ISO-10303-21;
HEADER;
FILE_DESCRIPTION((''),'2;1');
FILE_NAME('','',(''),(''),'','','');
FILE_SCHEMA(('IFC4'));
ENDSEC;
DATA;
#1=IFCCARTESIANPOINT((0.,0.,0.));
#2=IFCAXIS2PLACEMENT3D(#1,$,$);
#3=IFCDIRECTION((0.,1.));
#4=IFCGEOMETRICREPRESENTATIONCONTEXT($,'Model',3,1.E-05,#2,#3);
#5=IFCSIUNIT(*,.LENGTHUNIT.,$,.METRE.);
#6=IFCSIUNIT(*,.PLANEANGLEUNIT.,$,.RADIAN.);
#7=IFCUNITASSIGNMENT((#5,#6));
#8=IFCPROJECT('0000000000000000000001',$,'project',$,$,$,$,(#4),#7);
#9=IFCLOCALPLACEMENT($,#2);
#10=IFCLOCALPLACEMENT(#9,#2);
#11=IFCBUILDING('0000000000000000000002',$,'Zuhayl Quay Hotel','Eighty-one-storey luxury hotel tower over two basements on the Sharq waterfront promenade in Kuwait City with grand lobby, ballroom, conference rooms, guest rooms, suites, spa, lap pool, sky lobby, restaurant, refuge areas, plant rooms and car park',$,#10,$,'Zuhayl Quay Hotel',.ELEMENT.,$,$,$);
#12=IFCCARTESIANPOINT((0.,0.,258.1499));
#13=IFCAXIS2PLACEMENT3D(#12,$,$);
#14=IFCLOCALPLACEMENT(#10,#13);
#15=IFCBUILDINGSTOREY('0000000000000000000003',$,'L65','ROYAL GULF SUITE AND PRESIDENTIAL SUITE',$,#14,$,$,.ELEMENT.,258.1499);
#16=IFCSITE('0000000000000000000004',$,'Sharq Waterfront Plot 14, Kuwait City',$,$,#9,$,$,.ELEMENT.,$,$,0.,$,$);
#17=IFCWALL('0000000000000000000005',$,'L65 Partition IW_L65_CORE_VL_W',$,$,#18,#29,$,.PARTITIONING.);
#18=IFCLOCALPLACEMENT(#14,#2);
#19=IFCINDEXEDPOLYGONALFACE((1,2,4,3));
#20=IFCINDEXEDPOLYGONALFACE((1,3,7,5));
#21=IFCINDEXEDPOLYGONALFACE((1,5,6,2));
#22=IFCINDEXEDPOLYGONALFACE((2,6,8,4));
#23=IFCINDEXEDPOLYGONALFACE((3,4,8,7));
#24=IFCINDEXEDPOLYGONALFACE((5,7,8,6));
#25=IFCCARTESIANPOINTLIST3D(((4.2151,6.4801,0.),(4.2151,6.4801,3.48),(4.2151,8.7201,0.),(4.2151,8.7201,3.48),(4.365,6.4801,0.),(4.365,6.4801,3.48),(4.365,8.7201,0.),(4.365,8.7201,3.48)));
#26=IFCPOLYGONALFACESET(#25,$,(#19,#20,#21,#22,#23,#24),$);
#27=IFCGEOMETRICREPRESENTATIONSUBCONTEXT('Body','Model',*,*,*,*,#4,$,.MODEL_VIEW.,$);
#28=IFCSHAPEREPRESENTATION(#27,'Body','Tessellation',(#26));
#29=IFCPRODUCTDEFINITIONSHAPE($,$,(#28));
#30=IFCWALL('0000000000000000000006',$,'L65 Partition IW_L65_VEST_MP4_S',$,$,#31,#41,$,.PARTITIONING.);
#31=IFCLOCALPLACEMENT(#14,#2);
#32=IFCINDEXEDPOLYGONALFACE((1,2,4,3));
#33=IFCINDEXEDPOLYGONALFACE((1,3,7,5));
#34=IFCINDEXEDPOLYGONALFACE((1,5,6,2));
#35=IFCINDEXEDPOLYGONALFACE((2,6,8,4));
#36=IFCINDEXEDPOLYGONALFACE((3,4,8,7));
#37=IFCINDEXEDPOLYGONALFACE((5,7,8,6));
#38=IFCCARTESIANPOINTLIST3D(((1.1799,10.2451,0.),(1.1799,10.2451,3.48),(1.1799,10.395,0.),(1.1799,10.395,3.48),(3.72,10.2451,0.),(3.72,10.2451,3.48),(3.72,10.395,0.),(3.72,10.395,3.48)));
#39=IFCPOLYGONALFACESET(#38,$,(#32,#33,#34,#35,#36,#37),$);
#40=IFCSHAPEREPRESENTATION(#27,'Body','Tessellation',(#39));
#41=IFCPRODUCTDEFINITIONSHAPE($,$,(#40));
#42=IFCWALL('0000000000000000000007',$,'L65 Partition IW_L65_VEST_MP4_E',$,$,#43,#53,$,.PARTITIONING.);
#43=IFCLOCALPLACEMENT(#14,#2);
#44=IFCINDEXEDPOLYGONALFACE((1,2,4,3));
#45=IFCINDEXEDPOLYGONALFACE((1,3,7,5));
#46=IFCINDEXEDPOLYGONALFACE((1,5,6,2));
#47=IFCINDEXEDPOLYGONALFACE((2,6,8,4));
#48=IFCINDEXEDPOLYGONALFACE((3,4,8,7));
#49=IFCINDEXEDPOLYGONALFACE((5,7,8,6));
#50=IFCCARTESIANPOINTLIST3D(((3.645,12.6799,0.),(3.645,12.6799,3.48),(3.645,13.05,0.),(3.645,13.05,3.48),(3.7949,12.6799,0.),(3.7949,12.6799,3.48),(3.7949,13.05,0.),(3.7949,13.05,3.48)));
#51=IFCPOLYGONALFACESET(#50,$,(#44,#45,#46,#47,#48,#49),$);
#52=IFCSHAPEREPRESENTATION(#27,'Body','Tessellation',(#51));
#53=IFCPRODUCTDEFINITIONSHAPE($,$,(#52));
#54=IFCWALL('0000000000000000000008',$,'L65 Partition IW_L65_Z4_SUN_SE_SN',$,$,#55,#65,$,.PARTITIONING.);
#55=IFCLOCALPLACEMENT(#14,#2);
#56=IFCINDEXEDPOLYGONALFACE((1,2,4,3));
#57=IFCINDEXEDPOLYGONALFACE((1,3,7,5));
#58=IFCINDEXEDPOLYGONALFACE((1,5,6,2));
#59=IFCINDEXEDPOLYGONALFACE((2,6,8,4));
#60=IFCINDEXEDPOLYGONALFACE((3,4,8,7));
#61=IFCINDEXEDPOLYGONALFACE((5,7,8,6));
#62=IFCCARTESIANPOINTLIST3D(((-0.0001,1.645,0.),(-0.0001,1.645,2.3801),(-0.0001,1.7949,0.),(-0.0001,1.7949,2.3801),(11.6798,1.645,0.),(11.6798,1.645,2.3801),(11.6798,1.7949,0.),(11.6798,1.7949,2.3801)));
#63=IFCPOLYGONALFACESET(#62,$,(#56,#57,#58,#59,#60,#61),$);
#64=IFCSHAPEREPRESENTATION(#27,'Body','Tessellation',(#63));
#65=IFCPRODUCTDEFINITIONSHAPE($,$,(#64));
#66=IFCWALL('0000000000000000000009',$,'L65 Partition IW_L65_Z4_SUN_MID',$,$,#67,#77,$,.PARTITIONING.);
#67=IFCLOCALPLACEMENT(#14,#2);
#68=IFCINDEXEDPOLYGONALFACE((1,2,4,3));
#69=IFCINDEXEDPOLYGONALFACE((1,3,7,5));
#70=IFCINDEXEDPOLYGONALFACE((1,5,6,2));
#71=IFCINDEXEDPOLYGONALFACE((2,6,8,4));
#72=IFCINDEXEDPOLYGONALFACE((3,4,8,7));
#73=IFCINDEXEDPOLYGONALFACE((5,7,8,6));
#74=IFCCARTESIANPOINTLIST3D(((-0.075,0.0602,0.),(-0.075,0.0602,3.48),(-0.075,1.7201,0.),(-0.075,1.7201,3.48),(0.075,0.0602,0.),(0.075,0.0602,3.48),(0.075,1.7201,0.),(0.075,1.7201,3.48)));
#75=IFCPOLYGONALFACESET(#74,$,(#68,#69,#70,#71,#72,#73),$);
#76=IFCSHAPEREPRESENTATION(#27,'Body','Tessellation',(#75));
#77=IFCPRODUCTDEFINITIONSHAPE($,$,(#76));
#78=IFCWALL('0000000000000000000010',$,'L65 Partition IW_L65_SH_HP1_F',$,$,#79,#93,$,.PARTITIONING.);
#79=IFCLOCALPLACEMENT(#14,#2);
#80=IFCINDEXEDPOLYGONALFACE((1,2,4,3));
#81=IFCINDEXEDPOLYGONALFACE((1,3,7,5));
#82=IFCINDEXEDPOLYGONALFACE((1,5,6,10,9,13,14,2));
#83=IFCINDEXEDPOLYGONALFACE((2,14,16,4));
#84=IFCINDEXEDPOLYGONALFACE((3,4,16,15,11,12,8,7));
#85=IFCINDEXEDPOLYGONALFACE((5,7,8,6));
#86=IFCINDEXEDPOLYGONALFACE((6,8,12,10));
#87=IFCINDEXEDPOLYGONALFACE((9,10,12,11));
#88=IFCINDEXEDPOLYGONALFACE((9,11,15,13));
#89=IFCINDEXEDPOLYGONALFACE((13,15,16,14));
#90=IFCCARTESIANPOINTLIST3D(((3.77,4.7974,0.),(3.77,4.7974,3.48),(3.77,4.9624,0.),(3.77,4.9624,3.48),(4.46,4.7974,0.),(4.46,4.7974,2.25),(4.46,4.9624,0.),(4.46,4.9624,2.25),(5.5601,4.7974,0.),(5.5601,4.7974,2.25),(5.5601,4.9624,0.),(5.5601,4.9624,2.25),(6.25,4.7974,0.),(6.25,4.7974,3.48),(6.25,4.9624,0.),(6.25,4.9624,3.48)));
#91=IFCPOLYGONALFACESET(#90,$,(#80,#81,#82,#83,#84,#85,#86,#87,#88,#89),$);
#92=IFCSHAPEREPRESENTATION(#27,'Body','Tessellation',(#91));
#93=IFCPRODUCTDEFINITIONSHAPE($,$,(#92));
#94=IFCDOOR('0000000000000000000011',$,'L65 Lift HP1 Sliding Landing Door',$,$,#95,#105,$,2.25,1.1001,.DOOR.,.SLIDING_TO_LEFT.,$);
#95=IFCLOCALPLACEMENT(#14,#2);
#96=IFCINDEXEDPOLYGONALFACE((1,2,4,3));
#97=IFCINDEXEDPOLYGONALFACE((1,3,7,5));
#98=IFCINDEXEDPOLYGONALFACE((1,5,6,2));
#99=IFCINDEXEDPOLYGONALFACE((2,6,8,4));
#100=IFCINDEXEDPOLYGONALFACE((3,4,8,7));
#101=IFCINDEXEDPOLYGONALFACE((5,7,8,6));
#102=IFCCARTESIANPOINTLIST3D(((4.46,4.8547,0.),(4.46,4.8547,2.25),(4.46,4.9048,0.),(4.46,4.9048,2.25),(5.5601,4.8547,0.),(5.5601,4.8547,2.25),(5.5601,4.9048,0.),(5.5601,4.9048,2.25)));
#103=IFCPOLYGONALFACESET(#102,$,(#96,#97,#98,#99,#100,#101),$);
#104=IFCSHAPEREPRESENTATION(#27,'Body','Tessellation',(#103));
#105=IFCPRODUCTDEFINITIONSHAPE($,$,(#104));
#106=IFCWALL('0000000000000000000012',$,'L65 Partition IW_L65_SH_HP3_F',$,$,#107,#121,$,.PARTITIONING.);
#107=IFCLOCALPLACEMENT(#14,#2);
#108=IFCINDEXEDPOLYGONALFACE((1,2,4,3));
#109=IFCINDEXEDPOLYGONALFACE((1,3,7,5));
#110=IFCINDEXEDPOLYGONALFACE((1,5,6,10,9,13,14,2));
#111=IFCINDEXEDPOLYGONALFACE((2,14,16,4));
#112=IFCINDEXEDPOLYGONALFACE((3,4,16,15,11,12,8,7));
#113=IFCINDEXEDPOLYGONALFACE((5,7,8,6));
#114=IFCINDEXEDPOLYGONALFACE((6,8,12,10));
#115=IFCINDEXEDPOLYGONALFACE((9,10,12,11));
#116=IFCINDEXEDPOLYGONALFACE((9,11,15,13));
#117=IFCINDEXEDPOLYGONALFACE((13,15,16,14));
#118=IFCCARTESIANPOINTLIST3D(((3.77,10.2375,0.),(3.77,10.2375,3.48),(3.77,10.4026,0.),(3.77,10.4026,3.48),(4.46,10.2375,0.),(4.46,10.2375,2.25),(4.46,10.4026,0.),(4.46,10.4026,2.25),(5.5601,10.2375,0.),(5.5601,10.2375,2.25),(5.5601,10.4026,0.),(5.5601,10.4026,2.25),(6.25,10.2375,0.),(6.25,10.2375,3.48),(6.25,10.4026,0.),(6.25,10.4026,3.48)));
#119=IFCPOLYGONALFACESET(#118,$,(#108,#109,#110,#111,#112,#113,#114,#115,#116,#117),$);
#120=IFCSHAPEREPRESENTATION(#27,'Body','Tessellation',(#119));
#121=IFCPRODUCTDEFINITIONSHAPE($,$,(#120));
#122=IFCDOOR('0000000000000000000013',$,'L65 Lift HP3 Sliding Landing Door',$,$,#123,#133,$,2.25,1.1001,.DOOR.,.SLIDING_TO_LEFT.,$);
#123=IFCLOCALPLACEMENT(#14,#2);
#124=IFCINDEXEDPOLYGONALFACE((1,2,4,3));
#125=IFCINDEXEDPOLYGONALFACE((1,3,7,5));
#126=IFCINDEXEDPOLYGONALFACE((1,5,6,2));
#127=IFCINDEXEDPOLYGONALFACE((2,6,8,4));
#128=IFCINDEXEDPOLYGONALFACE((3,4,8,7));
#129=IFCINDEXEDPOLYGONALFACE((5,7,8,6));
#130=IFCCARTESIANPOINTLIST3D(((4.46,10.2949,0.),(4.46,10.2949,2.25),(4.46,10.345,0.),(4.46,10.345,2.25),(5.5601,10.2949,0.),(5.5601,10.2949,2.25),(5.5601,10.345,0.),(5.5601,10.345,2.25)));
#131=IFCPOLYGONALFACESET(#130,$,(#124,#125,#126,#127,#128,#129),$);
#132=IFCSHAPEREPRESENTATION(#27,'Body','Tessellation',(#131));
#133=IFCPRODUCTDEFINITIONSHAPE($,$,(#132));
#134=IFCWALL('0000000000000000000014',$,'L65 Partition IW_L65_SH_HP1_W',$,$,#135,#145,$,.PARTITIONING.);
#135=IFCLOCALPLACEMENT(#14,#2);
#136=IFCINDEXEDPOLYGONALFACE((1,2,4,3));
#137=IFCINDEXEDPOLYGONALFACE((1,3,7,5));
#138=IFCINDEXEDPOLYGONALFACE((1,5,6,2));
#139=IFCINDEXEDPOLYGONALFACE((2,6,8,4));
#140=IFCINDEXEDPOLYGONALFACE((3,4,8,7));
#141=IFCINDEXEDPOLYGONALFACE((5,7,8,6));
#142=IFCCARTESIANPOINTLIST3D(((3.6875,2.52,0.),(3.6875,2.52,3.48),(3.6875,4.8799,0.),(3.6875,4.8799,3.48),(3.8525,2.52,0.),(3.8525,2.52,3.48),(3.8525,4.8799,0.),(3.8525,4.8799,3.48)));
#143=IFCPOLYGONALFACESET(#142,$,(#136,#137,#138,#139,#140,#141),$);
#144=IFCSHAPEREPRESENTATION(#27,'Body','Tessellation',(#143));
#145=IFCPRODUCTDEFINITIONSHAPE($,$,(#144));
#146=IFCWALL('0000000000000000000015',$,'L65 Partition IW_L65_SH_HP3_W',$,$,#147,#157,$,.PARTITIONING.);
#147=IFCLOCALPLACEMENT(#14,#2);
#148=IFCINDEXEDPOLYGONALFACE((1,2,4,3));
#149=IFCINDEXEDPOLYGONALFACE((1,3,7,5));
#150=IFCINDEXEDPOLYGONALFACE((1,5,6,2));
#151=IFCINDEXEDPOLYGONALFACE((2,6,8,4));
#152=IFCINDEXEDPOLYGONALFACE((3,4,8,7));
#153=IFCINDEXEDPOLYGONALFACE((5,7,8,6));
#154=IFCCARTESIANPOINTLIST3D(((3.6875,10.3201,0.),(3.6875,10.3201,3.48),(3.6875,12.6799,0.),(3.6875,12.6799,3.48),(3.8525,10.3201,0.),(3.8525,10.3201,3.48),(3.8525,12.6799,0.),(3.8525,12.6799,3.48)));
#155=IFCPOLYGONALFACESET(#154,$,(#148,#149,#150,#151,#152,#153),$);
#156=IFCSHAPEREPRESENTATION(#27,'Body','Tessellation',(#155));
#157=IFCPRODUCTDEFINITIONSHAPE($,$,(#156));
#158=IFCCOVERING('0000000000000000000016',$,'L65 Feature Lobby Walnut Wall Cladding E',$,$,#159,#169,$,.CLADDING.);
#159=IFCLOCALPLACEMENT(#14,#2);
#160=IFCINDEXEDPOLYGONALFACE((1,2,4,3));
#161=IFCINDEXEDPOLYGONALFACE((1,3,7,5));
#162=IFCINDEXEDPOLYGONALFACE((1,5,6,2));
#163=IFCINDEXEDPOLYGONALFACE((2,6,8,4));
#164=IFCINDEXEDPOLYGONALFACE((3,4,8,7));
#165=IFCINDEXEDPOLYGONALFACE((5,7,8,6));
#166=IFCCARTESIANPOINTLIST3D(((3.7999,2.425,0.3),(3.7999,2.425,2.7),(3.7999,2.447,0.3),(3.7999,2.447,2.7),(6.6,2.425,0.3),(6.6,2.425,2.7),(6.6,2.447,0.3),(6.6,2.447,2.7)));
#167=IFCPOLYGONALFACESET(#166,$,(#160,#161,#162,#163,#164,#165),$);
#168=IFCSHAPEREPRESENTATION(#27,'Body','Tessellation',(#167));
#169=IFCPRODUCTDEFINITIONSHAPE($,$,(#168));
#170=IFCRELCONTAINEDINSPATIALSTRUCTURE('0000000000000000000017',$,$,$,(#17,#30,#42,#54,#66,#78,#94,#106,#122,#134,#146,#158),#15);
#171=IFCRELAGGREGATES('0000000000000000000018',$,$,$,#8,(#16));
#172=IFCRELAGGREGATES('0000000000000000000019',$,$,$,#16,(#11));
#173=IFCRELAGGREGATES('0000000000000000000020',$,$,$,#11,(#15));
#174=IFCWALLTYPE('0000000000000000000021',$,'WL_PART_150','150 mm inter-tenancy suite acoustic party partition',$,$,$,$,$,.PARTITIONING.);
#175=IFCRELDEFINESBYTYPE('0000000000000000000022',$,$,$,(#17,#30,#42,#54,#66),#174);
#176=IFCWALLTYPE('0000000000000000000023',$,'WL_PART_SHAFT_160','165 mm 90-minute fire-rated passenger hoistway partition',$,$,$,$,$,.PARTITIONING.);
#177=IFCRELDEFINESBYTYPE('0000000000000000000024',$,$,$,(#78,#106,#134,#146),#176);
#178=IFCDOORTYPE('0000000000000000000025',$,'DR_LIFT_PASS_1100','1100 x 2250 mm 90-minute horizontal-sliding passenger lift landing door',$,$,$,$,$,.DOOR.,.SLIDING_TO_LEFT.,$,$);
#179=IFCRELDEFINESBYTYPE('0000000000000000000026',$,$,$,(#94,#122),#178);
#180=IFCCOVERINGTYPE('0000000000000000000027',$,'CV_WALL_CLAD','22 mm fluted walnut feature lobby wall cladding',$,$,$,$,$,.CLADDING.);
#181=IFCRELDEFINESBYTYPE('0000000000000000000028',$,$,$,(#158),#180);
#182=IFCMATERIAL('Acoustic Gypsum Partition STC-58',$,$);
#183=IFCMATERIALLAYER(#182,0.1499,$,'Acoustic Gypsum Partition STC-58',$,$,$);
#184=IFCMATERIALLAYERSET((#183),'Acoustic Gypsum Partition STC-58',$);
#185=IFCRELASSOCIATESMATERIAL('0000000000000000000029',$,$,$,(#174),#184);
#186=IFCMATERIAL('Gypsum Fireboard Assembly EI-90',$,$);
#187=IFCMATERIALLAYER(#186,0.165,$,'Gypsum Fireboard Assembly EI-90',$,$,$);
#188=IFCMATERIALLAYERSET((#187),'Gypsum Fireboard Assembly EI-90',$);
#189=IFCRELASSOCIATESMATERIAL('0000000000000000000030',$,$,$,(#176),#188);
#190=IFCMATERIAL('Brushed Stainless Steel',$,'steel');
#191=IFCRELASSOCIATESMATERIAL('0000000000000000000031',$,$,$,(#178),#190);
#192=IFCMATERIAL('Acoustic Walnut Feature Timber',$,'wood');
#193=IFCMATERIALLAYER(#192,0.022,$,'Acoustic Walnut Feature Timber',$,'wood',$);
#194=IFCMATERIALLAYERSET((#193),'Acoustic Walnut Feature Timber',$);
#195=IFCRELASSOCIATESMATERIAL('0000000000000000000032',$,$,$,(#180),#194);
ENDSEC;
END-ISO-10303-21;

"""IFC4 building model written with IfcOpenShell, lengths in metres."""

from ifc_helpers import new_model, si_unit, direction, frame, frame_2d, origin, origin_2d, place, context, subcontext, project, spatial, rectangle, extrude, material, layer, layer_set, type_object, element, fill, save


model = new_model("IFC4")

# Units and contexts
model_context = context("Model", 3, precision=1e-05, world=origin(), true_north=direction((0.0, 1.0)))
body_context = subcontext(model_context, "Body", "Model", "MODEL_VIEW")
ifc_project = project(units=[si_unit("LENGTHUNIT", "METRE"), si_unit("PLANEANGLEUNIT", "RADIAN")], contexts=[model_context])

# Site, building, storey
site_placement = place(None, origin())
site = spatial("IfcSite", under=ifc_project, at=site_placement, Name="Sharq Waterfront Plot 14, Kuwait City", CompositionType="ELEMENT", RefElevation=0.0)
building_placement = place(site_placement, origin())
building = spatial("IfcBuilding", under=site, at=building_placement, Name="Zuhayl Quay Hotel", Description="Eighty-one-storey luxury hotel tower over two basements on the Sharq waterfront promenade in Kuwait City with grand lobby, ballroom, conference rooms, guest rooms, suites, spa, lap pool, sky lobby, restaurant, refuge areas, plant rooms and car park", LongName="Zuhayl Quay Hotel", CompositionType="ELEMENT")
storey_placement = place(building_placement, frame((0.0, 0.0, 258.1499)))
storey = spatial("IfcBuildingStorey", under=building, at=storey_placement, Name="L65", Description="ROYAL GULF SUITE AND PRESIDENTIAL SUITE", CompositionType="ELEMENT", Elevation=258.1499)

# Shared definitions
ifc_material_1 = material(Name="Acoustic Gypsum Partition STC-58")
ifc_layer_1 = layer(ifc_material_1, 0.1499, Name="Acoustic Gypsum Partition STC-58")
ifc_layer_set_1 = layer_set([ifc_layer_1], Name="Acoustic Gypsum Partition STC-58")
wall_type_1 = type_object("IfcWallType", Name="WL_PART_150", Description="150 mm inter-tenancy suite acoustic party partition", PredefinedType="PARTITIONING", material=ifc_layer_set_1)

# Walls
wall_1_placement = place(storey_placement, frame((4.29, 6.48, 0.0), z_axis=(0.0, 0.0, 1.0), x_axis=(0.0, 1.0, 0.0)))
element("IfcWall", 1, at=wall_1_placement, inside=storey, type_object=wall_type_1, Name="L65 Partition IW_L65_CORE_VL_W", PredefinedType="PARTITIONING", context=body_context, shape_type="SweptSolid", body=[
    extrude(rectangle(XDim=2.24, YDim=0.1499, at=frame_2d((1.1201, 0.0))), origin(), (0.0, 0.0, 1.0), 3.48),
])
wall_2_placement = place(storey_placement, frame((1.1799, 10.3201, 0.0), z_axis=(0.0, 0.0, 1.0), x_axis=(1.0, 0.0, 0.0)))
element("IfcWall", 2, at=wall_2_placement, inside=storey, type_object=wall_type_1, Name="L65 Partition IW_L65_VEST_MP4_S", PredefinedType="PARTITIONING", context=body_context, shape_type="SweptSolid", body=[
    extrude(rectangle(XDim=2.54, YDim=0.1499, at=frame_2d((1.27, 0.0))), origin(), (0.0, 0.0, 1.0), 3.48),
])
wall_3_placement = place(storey_placement, frame((3.72, 12.6799, 0.0), z_axis=(0.0, 0.0, 1.0), x_axis=(0.0, 1.0, 0.0)))
element("IfcWall", 3, at=wall_3_placement, inside=storey, type_object=wall_type_1, Name="L65 Partition IW_L65_VEST_MP4_E", PredefinedType="PARTITIONING", context=body_context, shape_type="SweptSolid", body=[
    extrude(rectangle(XDim=0.3701, YDim=0.1499, at=frame_2d((0.1851, 0.0))), origin(), (0.0, 0.0, 1.0), 3.48),
])
wall_4_placement = place(storey_placement, frame((0.0, 1.72, 0.0), z_axis=(0.0, 0.0, 1.0), x_axis=(1.0, 0.0, 0.0)))
element("IfcWall", 4, at=wall_4_placement, inside=storey, type_object=wall_type_1, Name="L65 Partition IW_L65_Z4_SUN_SE_SN", PredefinedType="PARTITIONING", context=body_context, shape_type="SweptSolid", body=[
    extrude(rectangle(XDim=11.6799, YDim=0.1499, at=frame_2d((5.8398, 0.0))), origin(), (0.0, 0.0, 1.0), 2.3801),
])
wall_5_placement = place(storey_placement, frame((0.0, 0.0601, 0.0), z_axis=(0.0, 0.0, 1.0), x_axis=(0.0, 1.0, 0.0)))
element("IfcWall", 5, at=wall_5_placement, inside=storey, type_object=wall_type_1, Name="L65 Partition IW_L65_Z4_SUN_MID", PredefinedType="PARTITIONING", context=body_context, shape_type="SweptSolid", body=[
    extrude(rectangle(XDim=1.6599, YDim=0.1499, at=frame_2d((0.8301, 0.0))), origin(), (0.0, 0.0, 1.0), 3.48),
])

# Walls, openings, doors
ifc_material_2 = material(Name="Gypsum Fireboard Assembly EI-90")
ifc_layer_2 = layer(ifc_material_2, 0.165, Name="Gypsum Fireboard Assembly EI-90")
ifc_layer_set_2 = layer_set([ifc_layer_2], Name="Gypsum Fireboard Assembly EI-90")
wall_type_2 = type_object("IfcWallType", Name="WL_PART_SHAFT_160", Description="165 mm 90-minute fire-rated passenger hoistway partition", PredefinedType="PARTITIONING", material=ifc_layer_set_2)
wall_6_placement = place(storey_placement, frame((3.77, 4.8799, 0.0), z_axis=(0.0, 0.0, 1.0), x_axis=(1.0, 0.0, 0.0)))
wall_6 = element("IfcWall", 6, at=wall_6_placement, inside=storey, type_object=wall_type_2, Name="L65 Partition IW_L65_SH_HP1_F", PredefinedType="PARTITIONING", context=body_context, shape_type="SweptSolid", body=[
    extrude(rectangle(XDim=2.48, YDim=0.165, at=frame_2d((1.24, 0.0))), origin(), (0.0, 0.0, 1.0), 3.48),
])
opening_1_placement = place(wall_6_placement, frame((0.6899, 0.0, 0.0)))
opening_1 = element("IfcOpeningElement", 7, at=opening_1_placement, cuts=wall_6, PredefinedType="OPENING", context=body_context, shape_type="SweptSolid", body=[
    extrude(rectangle(XDim=1.1001, YDim=2.25, at=frame_2d((0.55, 1.125))), frame((0.0, 0.0925, 0.0), z_axis=(0.0, -1.0, 0.0), x_axis=(1.0, 0.0, 0.0)), (0.0, 0.0, 1.0), 0.1851),
])
ifc_material_3 = material(Name="Brushed Stainless Steel", Category="steel")
door_type_1 = type_object("IfcDoorType", Name="DR_LIFT_PASS_1100", Description="1100 x 2250 mm 90-minute horizontal-sliding passenger lift landing door", OperationType="SLIDING_TO_LEFT", PredefinedType="DOOR", material=ifc_material_3)
door_1_placement = place(opening_1_placement, origin())
door_1 = element("IfcDoor", 8, at=door_1_placement, inside=storey, type_object=door_type_1, Name="L65 Lift HP1 Sliding Landing Door", OperationType="SLIDING_TO_LEFT", OverallHeight=2.25, OverallWidth=1.1001, PredefinedType="DOOR", context=body_context, shape_type="SweptSolid", body=[
    extrude(rectangle(XDim=1.1001, YDim=2.25, at=frame_2d((0.55, 1.125))), frame((0.0, 0.0249, 0.0), z_axis=(0.0, -1.0, 0.0), x_axis=(1.0, 0.0, 0.0)), (0.0, 0.0, 1.0), 0.05),
])
fill(opening_1, door_1)
wall_7_placement = place(storey_placement, frame((3.77, 10.3201, 0.0), z_axis=(0.0, 0.0, 1.0), x_axis=(1.0, 0.0, 0.0)))
wall_7 = element("IfcWall", 9, at=wall_7_placement, inside=storey, type_object=wall_type_2, Name="L65 Partition IW_L65_SH_HP3_F", PredefinedType="PARTITIONING", context=body_context, shape_type="SweptSolid", body=[
    extrude(rectangle(XDim=2.48, YDim=0.165, at=frame_2d((1.24, 0.0))), origin(), (0.0, 0.0, 1.0), 3.48),
])
opening_2_placement = place(wall_7_placement, frame((0.6899, 0.0, 0.0)))
opening_2 = element("IfcOpeningElement", 10, at=opening_2_placement, cuts=wall_7, PredefinedType="OPENING", context=body_context, shape_type="SweptSolid", body=[
    extrude(rectangle(XDim=1.1001, YDim=2.25, at=frame_2d((0.55, 1.125))), frame((0.0, 0.0925, 0.0), z_axis=(0.0, -1.0, 0.0), x_axis=(1.0, 0.0, 0.0)), (0.0, 0.0, 1.0), 0.1851),
])
door_2_placement = place(opening_2_placement, origin())
door_2 = element("IfcDoor", 11, at=door_2_placement, inside=storey, type_object=door_type_1, Name="L65 Lift HP3 Sliding Landing Door", OperationType="SLIDING_TO_LEFT", OverallHeight=2.25, OverallWidth=1.1001, PredefinedType="DOOR", context=body_context, shape_type="SweptSolid", body=[
    extrude(rectangle(XDim=1.1001, YDim=2.25, at=frame_2d((0.55, 1.125))), frame((0.0, 0.0249, 0.0), z_axis=(0.0, -1.0, 0.0), x_axis=(1.0, 0.0, 0.0)), (0.0, 0.0, 1.0), 0.05),
])
fill(opening_2, door_2)

# Walls
for number, where, z_axis, x_axis, name in (
    (12, (3.77, 2.52, 0.0), (0.0, 0.0, 1.0), (0.0, 1.0, 0.0), "L65 Partition IW_L65_SH_HP1_W"),
    (13, (3.77, 10.3201, 0.0), (0.0, 0.0, 1.0), (0.0, 1.0, 0.0), "L65 Partition IW_L65_SH_HP3_W"),
):
    element("IfcWall", number, at=place(storey_placement, frame(where, z_axis=z_axis, x_axis=x_axis)), inside=storey, type_object=wall_type_2, Name=name, PredefinedType="PARTITIONING", context=body_context, shape_type="SweptSolid", body=[
        extrude(rectangle(XDim=2.3599, YDim=0.165, at=frame_2d((1.1799, 0.0))), origin(), (0.0, 0.0, 1.0), 3.48),
    ])

# Covering
ifc_material_4 = material(Name="Acoustic Walnut Feature Timber", Category="wood")
ifc_layer_3 = layer(ifc_material_4, 0.022, Name="Acoustic Walnut Feature Timber", Category="wood")
ifc_layer_set_3 = layer_set([ifc_layer_3], Name="Acoustic Walnut Feature Timber")
covering_type = type_object("IfcCoveringType", Name="CV_WALL_CLAD", Description="22 mm fluted walnut feature lobby wall cladding", PredefinedType="CLADDING", material=ifc_layer_set_3)
covering_placement = place(storey_placement, frame((5.2, 2.436, 0.3), z_axis=(0.0, 0.0, 1.0), x_axis=(1.0, 0.0, 0.0)))
element("IfcCovering", 14, at=covering_placement, inside=storey, type_object=covering_type, Name="L65 Feature Lobby Walnut Wall Cladding E", PredefinedType="CLADDING", context=body_context, shape_type="SweptSolid", body=[
    extrude(rectangle(XDim=2.8, YDim=0.022, at=origin_2d()), origin(), (0.0, 0.0, 1.0), 2.3999),
])

save(model, "model.ifc")
